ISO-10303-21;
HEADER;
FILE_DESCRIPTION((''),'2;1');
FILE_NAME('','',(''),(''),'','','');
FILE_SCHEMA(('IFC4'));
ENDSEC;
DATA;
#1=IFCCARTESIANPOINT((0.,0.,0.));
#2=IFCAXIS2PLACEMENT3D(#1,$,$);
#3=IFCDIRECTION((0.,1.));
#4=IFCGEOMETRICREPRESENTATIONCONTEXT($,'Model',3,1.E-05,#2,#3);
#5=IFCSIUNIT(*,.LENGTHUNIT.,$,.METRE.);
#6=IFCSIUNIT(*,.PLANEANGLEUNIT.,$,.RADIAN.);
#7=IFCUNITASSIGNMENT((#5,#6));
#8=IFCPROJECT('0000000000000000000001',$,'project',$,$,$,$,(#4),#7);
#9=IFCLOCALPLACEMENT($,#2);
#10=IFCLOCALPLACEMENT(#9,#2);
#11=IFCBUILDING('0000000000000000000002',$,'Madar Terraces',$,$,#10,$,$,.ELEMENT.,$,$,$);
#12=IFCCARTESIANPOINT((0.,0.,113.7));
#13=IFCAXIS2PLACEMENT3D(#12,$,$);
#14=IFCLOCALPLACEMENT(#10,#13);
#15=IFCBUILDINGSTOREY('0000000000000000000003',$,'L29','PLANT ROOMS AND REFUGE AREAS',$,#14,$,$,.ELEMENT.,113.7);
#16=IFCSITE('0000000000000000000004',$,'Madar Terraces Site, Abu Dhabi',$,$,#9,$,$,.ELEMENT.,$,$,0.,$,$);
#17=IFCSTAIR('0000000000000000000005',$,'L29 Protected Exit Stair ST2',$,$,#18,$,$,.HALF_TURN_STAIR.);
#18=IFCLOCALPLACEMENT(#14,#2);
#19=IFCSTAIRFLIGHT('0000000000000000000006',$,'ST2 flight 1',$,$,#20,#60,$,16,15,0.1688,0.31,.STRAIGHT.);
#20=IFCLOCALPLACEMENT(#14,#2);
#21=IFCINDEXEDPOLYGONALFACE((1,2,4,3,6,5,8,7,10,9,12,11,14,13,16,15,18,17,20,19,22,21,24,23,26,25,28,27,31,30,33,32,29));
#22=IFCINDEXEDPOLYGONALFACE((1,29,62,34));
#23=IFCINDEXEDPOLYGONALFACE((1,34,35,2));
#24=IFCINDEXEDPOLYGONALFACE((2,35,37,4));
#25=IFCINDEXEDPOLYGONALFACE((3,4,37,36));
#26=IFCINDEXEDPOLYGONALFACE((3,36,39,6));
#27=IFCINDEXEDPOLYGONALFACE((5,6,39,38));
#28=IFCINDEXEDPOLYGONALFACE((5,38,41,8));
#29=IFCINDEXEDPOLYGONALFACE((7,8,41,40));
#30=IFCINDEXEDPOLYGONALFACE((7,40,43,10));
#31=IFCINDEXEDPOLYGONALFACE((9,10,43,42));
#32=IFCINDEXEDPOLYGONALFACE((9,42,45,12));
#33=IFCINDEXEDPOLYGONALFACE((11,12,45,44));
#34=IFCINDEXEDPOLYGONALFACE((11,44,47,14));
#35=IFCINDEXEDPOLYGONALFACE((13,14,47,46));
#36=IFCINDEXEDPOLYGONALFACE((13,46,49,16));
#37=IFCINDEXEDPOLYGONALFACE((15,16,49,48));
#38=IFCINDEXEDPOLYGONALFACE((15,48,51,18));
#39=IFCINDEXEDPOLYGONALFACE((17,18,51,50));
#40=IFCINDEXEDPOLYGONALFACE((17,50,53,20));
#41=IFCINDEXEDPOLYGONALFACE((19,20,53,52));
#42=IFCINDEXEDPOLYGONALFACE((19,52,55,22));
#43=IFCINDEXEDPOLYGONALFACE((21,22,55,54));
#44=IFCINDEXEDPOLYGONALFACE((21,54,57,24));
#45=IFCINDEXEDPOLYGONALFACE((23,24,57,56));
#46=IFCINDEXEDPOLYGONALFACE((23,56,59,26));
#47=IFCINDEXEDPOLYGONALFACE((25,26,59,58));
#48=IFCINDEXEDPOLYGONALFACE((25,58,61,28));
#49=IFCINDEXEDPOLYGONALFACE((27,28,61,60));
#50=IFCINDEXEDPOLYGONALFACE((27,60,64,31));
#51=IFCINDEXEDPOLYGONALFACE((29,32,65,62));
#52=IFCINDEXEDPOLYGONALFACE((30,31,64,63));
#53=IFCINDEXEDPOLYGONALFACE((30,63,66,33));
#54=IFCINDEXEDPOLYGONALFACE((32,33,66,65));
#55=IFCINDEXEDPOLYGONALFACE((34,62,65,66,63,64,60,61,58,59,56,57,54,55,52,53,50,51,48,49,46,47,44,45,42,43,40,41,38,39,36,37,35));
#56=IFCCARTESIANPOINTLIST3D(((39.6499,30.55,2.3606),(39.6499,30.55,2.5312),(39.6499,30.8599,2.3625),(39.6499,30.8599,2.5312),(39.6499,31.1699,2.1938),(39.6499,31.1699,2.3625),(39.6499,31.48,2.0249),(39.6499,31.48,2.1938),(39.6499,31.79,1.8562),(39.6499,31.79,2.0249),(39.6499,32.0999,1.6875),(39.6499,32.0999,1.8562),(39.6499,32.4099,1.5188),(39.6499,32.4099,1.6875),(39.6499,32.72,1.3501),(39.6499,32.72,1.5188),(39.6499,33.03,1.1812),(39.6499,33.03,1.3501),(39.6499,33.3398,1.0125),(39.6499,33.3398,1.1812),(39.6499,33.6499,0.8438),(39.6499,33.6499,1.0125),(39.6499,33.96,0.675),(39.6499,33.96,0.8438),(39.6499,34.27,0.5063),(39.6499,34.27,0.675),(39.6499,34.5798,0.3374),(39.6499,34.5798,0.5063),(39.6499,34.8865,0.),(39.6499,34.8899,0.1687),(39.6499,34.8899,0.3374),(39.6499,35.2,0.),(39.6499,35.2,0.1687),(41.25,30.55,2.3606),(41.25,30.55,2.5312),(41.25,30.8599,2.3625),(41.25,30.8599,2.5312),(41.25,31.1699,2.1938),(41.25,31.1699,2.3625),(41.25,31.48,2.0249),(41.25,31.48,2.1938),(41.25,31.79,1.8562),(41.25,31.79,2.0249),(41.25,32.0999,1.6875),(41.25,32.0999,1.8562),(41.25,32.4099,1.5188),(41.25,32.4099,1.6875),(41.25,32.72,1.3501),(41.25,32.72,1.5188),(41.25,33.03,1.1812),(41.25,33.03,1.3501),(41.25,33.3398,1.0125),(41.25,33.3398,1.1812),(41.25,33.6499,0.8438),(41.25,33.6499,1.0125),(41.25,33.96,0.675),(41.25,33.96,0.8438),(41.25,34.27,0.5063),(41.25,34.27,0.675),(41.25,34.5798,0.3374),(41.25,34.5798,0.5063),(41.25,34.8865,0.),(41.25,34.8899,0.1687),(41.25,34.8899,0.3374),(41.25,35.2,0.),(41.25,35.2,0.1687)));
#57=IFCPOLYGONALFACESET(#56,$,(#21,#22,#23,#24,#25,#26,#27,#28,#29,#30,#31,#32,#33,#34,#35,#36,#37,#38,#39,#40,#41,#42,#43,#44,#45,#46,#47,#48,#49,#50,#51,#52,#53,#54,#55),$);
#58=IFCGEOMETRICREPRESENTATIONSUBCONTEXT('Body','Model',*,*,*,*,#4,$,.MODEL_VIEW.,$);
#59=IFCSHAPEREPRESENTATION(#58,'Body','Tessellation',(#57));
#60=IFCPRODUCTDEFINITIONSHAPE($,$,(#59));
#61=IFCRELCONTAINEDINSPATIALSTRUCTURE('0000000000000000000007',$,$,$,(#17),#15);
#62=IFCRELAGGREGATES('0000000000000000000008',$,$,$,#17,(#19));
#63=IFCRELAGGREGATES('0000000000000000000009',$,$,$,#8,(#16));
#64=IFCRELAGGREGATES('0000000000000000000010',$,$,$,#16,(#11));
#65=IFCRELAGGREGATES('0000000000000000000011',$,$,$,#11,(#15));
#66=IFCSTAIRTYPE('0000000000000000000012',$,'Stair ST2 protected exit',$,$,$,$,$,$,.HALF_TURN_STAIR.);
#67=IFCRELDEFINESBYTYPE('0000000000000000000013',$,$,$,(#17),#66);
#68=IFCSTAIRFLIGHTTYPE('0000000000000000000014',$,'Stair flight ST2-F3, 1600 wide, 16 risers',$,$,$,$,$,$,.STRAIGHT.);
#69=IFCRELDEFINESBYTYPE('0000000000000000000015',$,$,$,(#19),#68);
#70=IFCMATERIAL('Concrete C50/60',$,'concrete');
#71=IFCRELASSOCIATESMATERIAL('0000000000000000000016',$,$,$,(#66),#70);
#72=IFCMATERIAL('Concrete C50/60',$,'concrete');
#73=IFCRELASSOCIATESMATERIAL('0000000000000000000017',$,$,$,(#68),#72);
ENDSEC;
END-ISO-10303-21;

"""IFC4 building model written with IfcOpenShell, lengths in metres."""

from ifc_helpers import new_model, si_unit, direction, frame, origin, place, context, subcontext, project, spatial, polyline, outline, extrude, material, type_object, element, aggregate, save


model = new_model("IFC4")

# Units and contexts
model_context = context("Model", 3, precision=1e-05, world=origin(), true_north=direction((0.0, 1.0)))
body_context = subcontext(model_context, "Body", "Model", "MODEL_VIEW")
ifc_project = project(units=[si_unit("LENGTHUNIT", "METRE"), si_unit("PLANEANGLEUNIT", "RADIAN")], contexts=[model_context])

# Site, building, storey
site_placement = place(None, origin())
site = spatial("IfcSite", under=ifc_project, at=site_placement, Name="Madar Terraces Site, Abu Dhabi", CompositionType="ELEMENT", RefElevation=0.0)
building_placement = place(site_placement, origin())
building = spatial("IfcBuilding", under=site, at=building_placement, Name="Madar Terraces", CompositionType="ELEMENT")
storey_placement = place(building_placement, frame((0.0, 0.0, 113.7)))
storey = spatial("IfcBuildingStorey", under=building, at=storey_placement, Name="L29", Description="PLANT ROOMS AND REFUGE AREAS", CompositionType="ELEMENT", Elevation=113.7)

# Stair, stair flight
ifc_material_1 = material(Name="Concrete C50/60", Category="concrete")
stair_type = type_object("IfcStairType", Name="Stair ST2 protected exit", PredefinedType="HALF_TURN_STAIR", material=ifc_material_1)
stair_placement = place(storey_placement, origin())
stair = element("IfcStair", 1, at=stair_placement, inside=storey, type_object=stair_type, Name="L29 Protected Exit Stair ST2", PredefinedType="HALF_TURN_STAIR")
ifc_material_2 = material(Name="Concrete C50/60", Category="concrete")
stair_flight_type = type_object("IfcStairFlightType", Name="Stair flight ST2-F3, 1600 wide, 16 risers", PredefinedType="STRAIGHT", material=ifc_material_2)
stair_flight_placement = place(storey_placement, frame((40.45, 35.2, 0.0), z_axis=(0.0, 0.0, 1.0), x_axis=(0.0, -1.0, 0.0)))
stair_flight = element("IfcStairFlight", 2, at=stair_flight_placement, type_object=stair_flight_type, Name="ST2 flight 1", NumberOfRisers=16, NumberOfTreads=15, PredefinedType="STRAIGHT", RiserHeight=0.1688, TreadLength=0.31, context=body_context, shape_type="SweptSolid", body=[
    extrude(outline(polyline([(0.0, 0.0), (0.0, 0.1687), (0.3101, 0.1687), (0.3101, 0.3374), (0.6201, 0.3374), (0.6201, 0.5063), (0.9299, 0.5063), (0.9299, 0.675), (1.24, 0.675), (1.24, 0.8438), (1.55, 0.8438), (1.55, 1.0125), (1.8601, 1.0125), (1.8601, 1.1812), (2.1699, 1.1812), (2.1699, 1.3501), (2.48, 1.3501), (2.48, 1.5188), (2.79, 1.5188), (2.79, 1.6875), (3.1001, 1.6875), (3.1001, 1.8562), (3.4099, 1.8562), (3.4099, 2.0249), (3.72, 2.0249), (3.72, 2.1938), (4.03, 2.1938), (4.03, 2.3625), (4.3401, 2.3625), (4.3401, 2.5312), (4.6499, 2.5312), (4.6499, 2.7), (4.6499, 2.3606), (0.3135, 0.0), (0.0, 0.0)])), frame((0.0, 0.8, 0.0), z_axis=(0.0, -1.0, 0.0), x_axis=(1.0, 0.0, 0.0)), (0.0, 0.0, 1.0), 1.6001),
])
aggregate(stair, [stair_flight])

save(model, "model.ifc")
